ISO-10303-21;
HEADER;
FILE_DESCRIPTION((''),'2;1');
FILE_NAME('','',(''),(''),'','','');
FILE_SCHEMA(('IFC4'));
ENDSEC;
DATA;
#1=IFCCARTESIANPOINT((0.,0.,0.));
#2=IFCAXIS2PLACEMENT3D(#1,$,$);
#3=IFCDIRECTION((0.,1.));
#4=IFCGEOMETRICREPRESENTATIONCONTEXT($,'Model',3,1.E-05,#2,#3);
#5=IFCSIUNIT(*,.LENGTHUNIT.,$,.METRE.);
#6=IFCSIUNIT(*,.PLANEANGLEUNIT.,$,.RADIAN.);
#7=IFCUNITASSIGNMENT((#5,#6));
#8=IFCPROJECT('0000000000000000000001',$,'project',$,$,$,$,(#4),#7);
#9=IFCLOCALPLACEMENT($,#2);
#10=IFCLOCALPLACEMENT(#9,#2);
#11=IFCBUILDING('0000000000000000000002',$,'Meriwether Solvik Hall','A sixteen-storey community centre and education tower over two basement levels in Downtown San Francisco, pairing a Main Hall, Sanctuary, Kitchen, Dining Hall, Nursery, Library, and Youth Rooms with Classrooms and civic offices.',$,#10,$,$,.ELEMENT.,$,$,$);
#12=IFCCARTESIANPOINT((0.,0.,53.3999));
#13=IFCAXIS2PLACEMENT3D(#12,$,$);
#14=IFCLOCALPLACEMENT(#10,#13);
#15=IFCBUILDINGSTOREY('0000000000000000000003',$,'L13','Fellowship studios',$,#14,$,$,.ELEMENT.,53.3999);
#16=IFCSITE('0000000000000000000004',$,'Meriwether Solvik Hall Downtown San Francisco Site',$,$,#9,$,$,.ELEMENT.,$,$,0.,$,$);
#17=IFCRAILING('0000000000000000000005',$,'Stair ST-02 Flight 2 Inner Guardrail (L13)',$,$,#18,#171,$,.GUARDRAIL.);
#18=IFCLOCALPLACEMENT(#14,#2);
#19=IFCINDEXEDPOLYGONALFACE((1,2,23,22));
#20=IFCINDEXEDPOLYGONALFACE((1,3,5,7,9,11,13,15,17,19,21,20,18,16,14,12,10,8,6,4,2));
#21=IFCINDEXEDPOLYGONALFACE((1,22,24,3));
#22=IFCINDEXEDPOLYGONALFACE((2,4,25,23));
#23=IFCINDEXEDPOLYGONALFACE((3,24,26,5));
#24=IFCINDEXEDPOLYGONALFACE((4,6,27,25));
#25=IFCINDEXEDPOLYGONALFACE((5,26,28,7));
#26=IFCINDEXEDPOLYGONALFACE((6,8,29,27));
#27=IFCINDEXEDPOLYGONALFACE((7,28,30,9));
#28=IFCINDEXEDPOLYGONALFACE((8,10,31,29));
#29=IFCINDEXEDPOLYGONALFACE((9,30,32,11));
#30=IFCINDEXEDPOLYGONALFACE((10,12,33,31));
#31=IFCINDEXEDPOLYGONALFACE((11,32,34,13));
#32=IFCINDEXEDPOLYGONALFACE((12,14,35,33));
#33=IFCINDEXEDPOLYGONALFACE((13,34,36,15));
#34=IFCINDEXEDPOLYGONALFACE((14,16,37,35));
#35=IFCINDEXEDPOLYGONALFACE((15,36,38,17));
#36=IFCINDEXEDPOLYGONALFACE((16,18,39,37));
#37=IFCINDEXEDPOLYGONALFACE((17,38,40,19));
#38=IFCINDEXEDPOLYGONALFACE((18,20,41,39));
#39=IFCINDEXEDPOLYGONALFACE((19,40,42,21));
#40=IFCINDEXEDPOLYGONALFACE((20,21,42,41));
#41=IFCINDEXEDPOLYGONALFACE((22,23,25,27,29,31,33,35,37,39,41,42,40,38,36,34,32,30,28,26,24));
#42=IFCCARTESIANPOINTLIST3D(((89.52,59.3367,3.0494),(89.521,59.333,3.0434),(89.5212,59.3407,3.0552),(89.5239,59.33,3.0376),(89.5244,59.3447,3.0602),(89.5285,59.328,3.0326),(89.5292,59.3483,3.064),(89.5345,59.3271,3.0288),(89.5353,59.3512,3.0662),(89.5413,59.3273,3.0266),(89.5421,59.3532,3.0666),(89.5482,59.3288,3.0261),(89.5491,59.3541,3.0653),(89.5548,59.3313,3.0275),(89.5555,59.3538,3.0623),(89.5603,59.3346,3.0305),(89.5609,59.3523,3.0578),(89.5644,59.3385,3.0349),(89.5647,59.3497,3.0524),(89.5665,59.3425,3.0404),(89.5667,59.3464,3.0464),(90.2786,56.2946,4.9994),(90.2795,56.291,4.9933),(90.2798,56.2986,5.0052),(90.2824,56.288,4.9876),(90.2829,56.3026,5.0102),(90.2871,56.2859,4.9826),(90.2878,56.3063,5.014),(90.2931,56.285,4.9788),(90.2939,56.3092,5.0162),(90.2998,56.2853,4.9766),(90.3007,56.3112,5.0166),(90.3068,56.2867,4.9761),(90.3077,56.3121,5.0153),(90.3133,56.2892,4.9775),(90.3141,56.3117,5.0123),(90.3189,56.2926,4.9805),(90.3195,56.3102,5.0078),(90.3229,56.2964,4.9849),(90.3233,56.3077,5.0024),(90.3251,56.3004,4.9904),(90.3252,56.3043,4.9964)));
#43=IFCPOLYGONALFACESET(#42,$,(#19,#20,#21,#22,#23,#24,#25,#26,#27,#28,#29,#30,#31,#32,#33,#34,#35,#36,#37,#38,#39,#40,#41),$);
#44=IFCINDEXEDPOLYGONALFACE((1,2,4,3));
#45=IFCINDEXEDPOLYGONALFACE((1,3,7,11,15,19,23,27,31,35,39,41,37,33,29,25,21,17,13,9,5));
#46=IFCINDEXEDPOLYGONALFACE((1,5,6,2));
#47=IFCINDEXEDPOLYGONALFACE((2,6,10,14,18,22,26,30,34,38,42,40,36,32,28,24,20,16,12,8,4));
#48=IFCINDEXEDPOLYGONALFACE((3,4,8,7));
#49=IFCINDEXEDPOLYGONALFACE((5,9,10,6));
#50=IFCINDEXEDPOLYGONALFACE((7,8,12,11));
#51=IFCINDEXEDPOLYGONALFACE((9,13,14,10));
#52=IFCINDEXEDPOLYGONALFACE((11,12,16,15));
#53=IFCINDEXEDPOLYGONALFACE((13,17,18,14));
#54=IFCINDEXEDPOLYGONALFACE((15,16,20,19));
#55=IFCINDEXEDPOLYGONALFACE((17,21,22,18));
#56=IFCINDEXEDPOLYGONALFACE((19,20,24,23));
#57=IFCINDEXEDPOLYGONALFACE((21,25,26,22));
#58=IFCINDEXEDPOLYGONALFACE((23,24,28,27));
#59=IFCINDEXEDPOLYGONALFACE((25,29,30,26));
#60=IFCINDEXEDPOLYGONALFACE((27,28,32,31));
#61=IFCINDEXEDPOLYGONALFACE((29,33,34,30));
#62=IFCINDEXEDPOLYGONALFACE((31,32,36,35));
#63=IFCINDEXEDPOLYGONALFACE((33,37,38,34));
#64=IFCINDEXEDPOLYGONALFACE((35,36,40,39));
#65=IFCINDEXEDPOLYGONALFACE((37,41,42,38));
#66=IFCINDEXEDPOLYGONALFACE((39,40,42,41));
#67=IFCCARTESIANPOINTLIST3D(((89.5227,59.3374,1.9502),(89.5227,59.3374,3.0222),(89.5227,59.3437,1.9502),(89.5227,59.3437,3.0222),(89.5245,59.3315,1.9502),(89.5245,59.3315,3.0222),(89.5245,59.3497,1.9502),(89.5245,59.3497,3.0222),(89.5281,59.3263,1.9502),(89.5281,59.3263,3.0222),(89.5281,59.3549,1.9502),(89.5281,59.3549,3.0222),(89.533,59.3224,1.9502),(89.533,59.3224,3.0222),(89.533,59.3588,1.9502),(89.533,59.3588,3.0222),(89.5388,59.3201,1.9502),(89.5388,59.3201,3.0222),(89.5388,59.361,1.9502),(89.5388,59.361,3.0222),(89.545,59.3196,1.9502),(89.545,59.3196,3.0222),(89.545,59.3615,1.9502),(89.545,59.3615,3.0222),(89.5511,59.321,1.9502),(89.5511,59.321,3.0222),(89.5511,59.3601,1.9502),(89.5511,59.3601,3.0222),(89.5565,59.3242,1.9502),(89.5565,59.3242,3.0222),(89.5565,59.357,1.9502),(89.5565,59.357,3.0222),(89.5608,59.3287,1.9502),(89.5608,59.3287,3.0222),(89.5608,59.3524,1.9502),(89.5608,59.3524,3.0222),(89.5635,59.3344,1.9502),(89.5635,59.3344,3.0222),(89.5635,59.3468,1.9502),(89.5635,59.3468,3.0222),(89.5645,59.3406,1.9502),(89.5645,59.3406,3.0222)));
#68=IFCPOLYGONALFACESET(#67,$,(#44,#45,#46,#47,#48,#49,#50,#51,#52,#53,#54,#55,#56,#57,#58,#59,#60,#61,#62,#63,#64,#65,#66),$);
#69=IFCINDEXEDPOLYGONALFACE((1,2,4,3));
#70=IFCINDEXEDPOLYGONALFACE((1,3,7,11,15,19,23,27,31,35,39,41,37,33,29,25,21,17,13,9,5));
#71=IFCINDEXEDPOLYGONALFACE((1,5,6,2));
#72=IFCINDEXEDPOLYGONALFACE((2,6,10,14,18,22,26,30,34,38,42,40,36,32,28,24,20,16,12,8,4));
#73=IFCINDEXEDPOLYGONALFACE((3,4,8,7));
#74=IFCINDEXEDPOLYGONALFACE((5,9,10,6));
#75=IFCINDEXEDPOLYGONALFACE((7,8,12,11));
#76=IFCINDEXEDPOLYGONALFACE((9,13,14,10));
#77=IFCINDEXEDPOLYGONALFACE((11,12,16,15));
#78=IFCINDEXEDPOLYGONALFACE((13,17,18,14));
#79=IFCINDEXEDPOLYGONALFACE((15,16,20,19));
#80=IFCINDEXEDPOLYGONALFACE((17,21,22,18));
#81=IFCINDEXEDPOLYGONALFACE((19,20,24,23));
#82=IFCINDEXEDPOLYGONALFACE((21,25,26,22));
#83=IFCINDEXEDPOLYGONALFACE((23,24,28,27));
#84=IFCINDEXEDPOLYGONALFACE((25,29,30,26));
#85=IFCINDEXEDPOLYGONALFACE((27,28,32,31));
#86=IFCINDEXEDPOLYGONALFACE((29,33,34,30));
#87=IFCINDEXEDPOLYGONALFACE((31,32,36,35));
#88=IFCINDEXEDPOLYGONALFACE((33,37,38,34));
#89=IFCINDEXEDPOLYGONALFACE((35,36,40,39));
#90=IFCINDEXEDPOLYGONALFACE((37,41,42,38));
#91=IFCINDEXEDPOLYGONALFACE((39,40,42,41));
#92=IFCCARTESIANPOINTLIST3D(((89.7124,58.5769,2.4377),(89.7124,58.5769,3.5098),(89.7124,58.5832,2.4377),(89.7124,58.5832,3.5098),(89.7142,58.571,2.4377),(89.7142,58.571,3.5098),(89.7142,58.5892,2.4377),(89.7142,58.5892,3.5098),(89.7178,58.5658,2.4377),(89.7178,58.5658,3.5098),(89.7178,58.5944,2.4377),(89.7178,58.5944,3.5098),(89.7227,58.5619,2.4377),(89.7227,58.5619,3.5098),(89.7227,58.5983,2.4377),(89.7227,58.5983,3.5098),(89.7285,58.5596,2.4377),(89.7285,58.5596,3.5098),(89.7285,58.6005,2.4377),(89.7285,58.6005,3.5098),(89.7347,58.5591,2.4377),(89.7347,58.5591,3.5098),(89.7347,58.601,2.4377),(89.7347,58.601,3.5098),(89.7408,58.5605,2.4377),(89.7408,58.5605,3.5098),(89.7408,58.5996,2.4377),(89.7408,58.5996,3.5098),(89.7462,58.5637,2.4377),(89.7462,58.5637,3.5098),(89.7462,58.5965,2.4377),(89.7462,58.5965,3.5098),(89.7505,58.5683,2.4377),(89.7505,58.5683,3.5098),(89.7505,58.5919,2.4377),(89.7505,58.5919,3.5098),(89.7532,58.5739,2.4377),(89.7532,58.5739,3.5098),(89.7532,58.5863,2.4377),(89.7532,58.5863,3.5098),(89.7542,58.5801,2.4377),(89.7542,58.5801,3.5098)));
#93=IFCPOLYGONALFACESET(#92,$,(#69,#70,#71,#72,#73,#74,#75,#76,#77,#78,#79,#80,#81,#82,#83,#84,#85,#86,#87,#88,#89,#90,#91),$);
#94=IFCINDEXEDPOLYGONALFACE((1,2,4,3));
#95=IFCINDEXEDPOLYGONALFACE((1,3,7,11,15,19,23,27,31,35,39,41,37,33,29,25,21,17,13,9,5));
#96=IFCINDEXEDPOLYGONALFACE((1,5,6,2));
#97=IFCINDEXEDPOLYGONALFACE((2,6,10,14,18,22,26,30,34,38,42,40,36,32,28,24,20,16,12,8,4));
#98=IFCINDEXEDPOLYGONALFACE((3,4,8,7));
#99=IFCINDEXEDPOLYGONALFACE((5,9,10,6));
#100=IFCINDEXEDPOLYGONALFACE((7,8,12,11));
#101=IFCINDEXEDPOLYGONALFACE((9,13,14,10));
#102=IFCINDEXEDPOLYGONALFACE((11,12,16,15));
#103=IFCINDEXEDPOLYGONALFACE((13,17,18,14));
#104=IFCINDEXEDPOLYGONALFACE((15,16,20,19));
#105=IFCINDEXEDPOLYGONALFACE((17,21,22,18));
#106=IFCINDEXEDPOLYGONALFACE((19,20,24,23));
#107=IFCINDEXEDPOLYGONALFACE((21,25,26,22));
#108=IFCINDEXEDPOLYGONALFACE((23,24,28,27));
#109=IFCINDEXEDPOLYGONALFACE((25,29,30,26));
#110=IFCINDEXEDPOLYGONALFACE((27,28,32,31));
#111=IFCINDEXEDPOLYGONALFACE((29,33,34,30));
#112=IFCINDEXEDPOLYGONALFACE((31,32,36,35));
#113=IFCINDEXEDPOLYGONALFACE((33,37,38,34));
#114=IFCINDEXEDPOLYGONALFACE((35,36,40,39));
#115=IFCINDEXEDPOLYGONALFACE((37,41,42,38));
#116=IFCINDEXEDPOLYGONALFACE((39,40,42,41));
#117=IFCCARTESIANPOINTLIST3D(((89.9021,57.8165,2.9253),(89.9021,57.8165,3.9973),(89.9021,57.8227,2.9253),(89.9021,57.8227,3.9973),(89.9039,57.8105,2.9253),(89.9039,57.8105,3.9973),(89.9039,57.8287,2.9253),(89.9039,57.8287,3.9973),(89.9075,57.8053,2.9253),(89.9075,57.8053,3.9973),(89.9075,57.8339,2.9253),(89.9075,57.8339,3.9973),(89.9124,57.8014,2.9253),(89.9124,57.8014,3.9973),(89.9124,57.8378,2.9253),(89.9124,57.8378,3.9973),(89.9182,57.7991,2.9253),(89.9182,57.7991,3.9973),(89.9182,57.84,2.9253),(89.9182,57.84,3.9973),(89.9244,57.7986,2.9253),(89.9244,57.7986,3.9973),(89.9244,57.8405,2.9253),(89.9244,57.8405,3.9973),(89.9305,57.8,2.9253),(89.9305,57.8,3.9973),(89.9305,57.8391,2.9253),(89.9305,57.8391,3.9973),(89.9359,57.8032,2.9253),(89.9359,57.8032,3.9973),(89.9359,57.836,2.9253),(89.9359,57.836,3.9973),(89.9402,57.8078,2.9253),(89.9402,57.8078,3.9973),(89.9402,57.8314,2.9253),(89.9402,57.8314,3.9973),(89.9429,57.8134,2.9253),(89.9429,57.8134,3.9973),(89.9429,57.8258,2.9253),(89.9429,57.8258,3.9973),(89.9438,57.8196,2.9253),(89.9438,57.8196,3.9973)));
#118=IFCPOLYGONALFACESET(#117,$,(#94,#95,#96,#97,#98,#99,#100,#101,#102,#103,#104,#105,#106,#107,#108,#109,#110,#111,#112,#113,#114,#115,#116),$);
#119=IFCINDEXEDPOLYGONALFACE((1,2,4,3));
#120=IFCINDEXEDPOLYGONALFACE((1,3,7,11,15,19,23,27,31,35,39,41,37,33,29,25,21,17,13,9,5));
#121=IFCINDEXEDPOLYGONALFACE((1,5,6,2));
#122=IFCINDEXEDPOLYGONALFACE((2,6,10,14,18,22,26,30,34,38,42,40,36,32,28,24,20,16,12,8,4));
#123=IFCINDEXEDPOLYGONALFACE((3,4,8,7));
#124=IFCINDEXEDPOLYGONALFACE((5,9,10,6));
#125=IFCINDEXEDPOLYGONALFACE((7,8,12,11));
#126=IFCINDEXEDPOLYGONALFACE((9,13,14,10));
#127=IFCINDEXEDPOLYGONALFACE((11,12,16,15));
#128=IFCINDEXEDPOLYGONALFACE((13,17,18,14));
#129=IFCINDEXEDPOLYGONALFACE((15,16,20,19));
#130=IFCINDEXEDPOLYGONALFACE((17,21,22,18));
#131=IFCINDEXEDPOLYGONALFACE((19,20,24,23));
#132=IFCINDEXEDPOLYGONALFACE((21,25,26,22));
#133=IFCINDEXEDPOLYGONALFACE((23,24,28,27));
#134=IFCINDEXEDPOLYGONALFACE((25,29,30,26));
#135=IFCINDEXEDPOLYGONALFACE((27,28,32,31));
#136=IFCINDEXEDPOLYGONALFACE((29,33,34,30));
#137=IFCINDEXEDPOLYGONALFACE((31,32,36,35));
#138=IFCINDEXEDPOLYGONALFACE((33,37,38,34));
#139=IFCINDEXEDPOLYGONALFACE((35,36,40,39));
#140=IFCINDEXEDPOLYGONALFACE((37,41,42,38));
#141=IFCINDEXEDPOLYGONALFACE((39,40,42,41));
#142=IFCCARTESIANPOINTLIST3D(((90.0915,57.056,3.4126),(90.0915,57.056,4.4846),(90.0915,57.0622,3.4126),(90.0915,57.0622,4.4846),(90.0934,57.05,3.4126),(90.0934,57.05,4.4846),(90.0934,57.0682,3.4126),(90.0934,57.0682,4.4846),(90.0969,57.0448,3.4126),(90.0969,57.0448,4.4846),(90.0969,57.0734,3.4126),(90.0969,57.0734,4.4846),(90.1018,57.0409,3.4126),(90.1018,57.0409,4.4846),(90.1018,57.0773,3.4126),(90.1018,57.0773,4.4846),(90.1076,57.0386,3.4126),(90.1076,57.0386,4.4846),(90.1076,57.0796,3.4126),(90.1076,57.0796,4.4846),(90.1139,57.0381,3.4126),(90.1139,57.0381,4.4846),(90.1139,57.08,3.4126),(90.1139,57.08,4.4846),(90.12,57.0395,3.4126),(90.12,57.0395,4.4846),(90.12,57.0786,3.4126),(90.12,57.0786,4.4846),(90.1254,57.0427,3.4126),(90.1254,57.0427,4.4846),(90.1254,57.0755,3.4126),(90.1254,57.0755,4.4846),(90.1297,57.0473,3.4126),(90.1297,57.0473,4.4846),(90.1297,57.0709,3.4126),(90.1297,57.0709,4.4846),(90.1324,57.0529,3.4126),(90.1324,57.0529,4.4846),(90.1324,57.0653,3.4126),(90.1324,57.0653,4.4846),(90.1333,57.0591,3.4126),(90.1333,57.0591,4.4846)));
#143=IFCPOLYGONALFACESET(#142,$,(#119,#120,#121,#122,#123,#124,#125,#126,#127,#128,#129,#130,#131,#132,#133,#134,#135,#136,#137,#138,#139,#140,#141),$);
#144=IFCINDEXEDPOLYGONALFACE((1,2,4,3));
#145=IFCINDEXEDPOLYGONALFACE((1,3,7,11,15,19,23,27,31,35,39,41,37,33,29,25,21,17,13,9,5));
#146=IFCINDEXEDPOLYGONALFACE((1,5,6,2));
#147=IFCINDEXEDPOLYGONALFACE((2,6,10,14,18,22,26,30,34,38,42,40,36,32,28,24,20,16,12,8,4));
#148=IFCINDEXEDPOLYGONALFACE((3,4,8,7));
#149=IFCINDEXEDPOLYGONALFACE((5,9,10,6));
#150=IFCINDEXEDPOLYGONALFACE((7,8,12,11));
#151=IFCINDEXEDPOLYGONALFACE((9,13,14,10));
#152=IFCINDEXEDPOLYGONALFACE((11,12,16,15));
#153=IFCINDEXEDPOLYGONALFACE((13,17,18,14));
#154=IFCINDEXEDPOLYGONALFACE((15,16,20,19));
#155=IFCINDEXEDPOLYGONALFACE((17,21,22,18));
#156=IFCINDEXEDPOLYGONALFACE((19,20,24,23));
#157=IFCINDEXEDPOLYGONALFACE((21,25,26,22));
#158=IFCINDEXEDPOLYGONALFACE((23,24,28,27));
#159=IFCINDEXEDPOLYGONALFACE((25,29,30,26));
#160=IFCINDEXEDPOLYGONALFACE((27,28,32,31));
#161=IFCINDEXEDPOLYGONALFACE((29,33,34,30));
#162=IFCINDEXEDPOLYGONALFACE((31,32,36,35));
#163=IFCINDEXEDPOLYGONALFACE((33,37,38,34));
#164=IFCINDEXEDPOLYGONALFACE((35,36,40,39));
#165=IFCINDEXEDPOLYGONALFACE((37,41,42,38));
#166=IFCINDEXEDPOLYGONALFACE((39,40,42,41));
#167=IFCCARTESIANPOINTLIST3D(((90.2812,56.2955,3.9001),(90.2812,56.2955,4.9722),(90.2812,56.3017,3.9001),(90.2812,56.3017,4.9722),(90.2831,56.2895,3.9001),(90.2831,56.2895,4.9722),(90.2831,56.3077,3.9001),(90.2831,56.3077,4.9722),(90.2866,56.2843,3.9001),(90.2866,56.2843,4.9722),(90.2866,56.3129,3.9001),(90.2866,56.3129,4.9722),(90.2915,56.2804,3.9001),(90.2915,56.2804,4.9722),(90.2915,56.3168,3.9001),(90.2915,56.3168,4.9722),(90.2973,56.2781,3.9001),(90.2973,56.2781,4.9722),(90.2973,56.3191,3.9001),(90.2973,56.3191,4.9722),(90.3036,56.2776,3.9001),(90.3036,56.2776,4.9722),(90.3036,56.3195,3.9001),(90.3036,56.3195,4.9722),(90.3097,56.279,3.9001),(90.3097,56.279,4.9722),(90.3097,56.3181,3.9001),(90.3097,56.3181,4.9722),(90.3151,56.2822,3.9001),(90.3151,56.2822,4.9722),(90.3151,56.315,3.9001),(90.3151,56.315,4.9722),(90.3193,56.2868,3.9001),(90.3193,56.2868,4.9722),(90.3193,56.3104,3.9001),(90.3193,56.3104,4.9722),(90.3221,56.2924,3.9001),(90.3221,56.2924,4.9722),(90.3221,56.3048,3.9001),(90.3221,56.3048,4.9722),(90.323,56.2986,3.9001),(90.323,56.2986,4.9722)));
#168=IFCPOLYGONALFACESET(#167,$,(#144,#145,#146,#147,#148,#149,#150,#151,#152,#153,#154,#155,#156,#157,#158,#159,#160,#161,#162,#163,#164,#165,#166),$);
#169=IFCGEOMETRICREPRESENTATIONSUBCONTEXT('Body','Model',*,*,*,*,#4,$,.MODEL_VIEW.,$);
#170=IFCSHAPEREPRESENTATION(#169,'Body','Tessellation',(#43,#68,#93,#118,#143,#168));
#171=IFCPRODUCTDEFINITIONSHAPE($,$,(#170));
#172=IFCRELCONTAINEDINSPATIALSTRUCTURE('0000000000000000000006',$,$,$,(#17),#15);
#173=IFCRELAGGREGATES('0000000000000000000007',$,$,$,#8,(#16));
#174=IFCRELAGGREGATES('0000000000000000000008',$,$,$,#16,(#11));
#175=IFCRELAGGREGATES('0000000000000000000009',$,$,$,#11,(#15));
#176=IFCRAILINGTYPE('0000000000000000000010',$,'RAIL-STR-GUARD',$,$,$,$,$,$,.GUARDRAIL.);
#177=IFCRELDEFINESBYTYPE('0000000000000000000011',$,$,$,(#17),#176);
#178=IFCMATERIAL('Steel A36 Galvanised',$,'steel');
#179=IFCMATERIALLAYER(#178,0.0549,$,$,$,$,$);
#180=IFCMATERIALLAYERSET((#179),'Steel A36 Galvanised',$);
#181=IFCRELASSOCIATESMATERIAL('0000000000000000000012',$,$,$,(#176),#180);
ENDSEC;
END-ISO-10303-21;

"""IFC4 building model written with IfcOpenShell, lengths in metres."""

from ifc_helpers import new_model, si_unit, direction, frame, origin, origin_2d, place, context, subcontext, project, spatial, circle, extrude, material, layer, layer_set, type_object, element, save


model = new_model("IFC4")

# Units and contexts
model_context = context("Model", 3, precision=1e-05, world=origin(), true_north=direction((0.0, 1.0)))
body_context = subcontext(model_context, "Body", "Model", "MODEL_VIEW")
ifc_project = project(units=[si_unit("LENGTHUNIT", "METRE"), si_unit("PLANEANGLEUNIT", "RADIAN")], contexts=[model_context])

# Site, building, storey
site_placement = place(None, origin())
site = spatial("IfcSite", under=ifc_project, at=site_placement, Name="Meriwether Solvik Hall Downtown San Francisco Site", CompositionType="ELEMENT", RefElevation=0.0)
building_placement = place(site_placement, origin())
building = spatial("IfcBuilding", under=site, at=building_placement, Name="Meriwether Solvik Hall", Description="A sixteen-storey community centre and education tower over two basement levels in Downtown San Francisco, pairing a Main Hall, Sanctuary, Kitchen, Dining Hall, Nursery, Library, and Youth Rooms with Classrooms and civic offices.", CompositionType="ELEMENT")
storey_placement = place(building_placement, frame((0.0, 0.0, 53.3999)))
storey = spatial("IfcBuildingStorey", under=building, at=storey_placement, Name="L13", Description="Fellowship studios", CompositionType="ELEMENT", Elevation=53.3999)

# Railing
ifc_material_1 = material(Name="Steel A36 Galvanised", Category="steel")
ifc_layer_1 = layer(ifc_material_1, 0.0549)
ifc_layer_set_1 = layer_set([ifc_layer_1], Name="Steel A36 Galvanised")
railing_type_1 = type_object("IfcRailingType", Name="RAIL-STR-GUARD", PredefinedType="GUARDRAIL", material=ifc_layer_set_1)
railing_1_placement = place(storey_placement, frame((89.5435, 59.3406, 1.9502)))
element("IfcRailing", 1, at=railing_1_placement, inside=storey, type_object=railing_type_1, Name="Stair ST-02 Flight 2 Inner Guardrail (L13)", PredefinedType="GUARDRAIL", context=body_context, shape_type="SweptSolid", body=[
    extrude(circle(Radius=0.0239, at=origin_2d()), frame((0.0, 0.0, 1.0962), z_axis=(0.205452, -0.823925, 0.528145), x_axis=(0.970289, 0.241949, 0.0)), (0.0, 0.0, 1.0), 3.6921),
    extrude(circle(Radius=0.021, at=origin_2d()), origin(), (0.0, 0.0, 1.0), 1.072),
    extrude(circle(Radius=0.021, at=origin_2d()), frame((0.1897, -0.7605, 0.4875)), (0.0, 0.0, 1.0), 1.072),
    extrude(circle(Radius=0.021, at=origin_2d()), frame((0.3794, -1.521, 0.9751)), (0.0, 0.0, 1.0), 1.072),
    extrude(circle(Radius=0.021, at=origin_2d()), frame((0.5688, -2.2815, 1.4624)), (0.0, 0.0, 1.0), 1.072),
    extrude(circle(Radius=0.021, at=origin_2d()), frame((0.7585, -3.042, 1.95)), (0.0, 0.0, 1.0), 1.072),
])

save(model, "model.ifc")
